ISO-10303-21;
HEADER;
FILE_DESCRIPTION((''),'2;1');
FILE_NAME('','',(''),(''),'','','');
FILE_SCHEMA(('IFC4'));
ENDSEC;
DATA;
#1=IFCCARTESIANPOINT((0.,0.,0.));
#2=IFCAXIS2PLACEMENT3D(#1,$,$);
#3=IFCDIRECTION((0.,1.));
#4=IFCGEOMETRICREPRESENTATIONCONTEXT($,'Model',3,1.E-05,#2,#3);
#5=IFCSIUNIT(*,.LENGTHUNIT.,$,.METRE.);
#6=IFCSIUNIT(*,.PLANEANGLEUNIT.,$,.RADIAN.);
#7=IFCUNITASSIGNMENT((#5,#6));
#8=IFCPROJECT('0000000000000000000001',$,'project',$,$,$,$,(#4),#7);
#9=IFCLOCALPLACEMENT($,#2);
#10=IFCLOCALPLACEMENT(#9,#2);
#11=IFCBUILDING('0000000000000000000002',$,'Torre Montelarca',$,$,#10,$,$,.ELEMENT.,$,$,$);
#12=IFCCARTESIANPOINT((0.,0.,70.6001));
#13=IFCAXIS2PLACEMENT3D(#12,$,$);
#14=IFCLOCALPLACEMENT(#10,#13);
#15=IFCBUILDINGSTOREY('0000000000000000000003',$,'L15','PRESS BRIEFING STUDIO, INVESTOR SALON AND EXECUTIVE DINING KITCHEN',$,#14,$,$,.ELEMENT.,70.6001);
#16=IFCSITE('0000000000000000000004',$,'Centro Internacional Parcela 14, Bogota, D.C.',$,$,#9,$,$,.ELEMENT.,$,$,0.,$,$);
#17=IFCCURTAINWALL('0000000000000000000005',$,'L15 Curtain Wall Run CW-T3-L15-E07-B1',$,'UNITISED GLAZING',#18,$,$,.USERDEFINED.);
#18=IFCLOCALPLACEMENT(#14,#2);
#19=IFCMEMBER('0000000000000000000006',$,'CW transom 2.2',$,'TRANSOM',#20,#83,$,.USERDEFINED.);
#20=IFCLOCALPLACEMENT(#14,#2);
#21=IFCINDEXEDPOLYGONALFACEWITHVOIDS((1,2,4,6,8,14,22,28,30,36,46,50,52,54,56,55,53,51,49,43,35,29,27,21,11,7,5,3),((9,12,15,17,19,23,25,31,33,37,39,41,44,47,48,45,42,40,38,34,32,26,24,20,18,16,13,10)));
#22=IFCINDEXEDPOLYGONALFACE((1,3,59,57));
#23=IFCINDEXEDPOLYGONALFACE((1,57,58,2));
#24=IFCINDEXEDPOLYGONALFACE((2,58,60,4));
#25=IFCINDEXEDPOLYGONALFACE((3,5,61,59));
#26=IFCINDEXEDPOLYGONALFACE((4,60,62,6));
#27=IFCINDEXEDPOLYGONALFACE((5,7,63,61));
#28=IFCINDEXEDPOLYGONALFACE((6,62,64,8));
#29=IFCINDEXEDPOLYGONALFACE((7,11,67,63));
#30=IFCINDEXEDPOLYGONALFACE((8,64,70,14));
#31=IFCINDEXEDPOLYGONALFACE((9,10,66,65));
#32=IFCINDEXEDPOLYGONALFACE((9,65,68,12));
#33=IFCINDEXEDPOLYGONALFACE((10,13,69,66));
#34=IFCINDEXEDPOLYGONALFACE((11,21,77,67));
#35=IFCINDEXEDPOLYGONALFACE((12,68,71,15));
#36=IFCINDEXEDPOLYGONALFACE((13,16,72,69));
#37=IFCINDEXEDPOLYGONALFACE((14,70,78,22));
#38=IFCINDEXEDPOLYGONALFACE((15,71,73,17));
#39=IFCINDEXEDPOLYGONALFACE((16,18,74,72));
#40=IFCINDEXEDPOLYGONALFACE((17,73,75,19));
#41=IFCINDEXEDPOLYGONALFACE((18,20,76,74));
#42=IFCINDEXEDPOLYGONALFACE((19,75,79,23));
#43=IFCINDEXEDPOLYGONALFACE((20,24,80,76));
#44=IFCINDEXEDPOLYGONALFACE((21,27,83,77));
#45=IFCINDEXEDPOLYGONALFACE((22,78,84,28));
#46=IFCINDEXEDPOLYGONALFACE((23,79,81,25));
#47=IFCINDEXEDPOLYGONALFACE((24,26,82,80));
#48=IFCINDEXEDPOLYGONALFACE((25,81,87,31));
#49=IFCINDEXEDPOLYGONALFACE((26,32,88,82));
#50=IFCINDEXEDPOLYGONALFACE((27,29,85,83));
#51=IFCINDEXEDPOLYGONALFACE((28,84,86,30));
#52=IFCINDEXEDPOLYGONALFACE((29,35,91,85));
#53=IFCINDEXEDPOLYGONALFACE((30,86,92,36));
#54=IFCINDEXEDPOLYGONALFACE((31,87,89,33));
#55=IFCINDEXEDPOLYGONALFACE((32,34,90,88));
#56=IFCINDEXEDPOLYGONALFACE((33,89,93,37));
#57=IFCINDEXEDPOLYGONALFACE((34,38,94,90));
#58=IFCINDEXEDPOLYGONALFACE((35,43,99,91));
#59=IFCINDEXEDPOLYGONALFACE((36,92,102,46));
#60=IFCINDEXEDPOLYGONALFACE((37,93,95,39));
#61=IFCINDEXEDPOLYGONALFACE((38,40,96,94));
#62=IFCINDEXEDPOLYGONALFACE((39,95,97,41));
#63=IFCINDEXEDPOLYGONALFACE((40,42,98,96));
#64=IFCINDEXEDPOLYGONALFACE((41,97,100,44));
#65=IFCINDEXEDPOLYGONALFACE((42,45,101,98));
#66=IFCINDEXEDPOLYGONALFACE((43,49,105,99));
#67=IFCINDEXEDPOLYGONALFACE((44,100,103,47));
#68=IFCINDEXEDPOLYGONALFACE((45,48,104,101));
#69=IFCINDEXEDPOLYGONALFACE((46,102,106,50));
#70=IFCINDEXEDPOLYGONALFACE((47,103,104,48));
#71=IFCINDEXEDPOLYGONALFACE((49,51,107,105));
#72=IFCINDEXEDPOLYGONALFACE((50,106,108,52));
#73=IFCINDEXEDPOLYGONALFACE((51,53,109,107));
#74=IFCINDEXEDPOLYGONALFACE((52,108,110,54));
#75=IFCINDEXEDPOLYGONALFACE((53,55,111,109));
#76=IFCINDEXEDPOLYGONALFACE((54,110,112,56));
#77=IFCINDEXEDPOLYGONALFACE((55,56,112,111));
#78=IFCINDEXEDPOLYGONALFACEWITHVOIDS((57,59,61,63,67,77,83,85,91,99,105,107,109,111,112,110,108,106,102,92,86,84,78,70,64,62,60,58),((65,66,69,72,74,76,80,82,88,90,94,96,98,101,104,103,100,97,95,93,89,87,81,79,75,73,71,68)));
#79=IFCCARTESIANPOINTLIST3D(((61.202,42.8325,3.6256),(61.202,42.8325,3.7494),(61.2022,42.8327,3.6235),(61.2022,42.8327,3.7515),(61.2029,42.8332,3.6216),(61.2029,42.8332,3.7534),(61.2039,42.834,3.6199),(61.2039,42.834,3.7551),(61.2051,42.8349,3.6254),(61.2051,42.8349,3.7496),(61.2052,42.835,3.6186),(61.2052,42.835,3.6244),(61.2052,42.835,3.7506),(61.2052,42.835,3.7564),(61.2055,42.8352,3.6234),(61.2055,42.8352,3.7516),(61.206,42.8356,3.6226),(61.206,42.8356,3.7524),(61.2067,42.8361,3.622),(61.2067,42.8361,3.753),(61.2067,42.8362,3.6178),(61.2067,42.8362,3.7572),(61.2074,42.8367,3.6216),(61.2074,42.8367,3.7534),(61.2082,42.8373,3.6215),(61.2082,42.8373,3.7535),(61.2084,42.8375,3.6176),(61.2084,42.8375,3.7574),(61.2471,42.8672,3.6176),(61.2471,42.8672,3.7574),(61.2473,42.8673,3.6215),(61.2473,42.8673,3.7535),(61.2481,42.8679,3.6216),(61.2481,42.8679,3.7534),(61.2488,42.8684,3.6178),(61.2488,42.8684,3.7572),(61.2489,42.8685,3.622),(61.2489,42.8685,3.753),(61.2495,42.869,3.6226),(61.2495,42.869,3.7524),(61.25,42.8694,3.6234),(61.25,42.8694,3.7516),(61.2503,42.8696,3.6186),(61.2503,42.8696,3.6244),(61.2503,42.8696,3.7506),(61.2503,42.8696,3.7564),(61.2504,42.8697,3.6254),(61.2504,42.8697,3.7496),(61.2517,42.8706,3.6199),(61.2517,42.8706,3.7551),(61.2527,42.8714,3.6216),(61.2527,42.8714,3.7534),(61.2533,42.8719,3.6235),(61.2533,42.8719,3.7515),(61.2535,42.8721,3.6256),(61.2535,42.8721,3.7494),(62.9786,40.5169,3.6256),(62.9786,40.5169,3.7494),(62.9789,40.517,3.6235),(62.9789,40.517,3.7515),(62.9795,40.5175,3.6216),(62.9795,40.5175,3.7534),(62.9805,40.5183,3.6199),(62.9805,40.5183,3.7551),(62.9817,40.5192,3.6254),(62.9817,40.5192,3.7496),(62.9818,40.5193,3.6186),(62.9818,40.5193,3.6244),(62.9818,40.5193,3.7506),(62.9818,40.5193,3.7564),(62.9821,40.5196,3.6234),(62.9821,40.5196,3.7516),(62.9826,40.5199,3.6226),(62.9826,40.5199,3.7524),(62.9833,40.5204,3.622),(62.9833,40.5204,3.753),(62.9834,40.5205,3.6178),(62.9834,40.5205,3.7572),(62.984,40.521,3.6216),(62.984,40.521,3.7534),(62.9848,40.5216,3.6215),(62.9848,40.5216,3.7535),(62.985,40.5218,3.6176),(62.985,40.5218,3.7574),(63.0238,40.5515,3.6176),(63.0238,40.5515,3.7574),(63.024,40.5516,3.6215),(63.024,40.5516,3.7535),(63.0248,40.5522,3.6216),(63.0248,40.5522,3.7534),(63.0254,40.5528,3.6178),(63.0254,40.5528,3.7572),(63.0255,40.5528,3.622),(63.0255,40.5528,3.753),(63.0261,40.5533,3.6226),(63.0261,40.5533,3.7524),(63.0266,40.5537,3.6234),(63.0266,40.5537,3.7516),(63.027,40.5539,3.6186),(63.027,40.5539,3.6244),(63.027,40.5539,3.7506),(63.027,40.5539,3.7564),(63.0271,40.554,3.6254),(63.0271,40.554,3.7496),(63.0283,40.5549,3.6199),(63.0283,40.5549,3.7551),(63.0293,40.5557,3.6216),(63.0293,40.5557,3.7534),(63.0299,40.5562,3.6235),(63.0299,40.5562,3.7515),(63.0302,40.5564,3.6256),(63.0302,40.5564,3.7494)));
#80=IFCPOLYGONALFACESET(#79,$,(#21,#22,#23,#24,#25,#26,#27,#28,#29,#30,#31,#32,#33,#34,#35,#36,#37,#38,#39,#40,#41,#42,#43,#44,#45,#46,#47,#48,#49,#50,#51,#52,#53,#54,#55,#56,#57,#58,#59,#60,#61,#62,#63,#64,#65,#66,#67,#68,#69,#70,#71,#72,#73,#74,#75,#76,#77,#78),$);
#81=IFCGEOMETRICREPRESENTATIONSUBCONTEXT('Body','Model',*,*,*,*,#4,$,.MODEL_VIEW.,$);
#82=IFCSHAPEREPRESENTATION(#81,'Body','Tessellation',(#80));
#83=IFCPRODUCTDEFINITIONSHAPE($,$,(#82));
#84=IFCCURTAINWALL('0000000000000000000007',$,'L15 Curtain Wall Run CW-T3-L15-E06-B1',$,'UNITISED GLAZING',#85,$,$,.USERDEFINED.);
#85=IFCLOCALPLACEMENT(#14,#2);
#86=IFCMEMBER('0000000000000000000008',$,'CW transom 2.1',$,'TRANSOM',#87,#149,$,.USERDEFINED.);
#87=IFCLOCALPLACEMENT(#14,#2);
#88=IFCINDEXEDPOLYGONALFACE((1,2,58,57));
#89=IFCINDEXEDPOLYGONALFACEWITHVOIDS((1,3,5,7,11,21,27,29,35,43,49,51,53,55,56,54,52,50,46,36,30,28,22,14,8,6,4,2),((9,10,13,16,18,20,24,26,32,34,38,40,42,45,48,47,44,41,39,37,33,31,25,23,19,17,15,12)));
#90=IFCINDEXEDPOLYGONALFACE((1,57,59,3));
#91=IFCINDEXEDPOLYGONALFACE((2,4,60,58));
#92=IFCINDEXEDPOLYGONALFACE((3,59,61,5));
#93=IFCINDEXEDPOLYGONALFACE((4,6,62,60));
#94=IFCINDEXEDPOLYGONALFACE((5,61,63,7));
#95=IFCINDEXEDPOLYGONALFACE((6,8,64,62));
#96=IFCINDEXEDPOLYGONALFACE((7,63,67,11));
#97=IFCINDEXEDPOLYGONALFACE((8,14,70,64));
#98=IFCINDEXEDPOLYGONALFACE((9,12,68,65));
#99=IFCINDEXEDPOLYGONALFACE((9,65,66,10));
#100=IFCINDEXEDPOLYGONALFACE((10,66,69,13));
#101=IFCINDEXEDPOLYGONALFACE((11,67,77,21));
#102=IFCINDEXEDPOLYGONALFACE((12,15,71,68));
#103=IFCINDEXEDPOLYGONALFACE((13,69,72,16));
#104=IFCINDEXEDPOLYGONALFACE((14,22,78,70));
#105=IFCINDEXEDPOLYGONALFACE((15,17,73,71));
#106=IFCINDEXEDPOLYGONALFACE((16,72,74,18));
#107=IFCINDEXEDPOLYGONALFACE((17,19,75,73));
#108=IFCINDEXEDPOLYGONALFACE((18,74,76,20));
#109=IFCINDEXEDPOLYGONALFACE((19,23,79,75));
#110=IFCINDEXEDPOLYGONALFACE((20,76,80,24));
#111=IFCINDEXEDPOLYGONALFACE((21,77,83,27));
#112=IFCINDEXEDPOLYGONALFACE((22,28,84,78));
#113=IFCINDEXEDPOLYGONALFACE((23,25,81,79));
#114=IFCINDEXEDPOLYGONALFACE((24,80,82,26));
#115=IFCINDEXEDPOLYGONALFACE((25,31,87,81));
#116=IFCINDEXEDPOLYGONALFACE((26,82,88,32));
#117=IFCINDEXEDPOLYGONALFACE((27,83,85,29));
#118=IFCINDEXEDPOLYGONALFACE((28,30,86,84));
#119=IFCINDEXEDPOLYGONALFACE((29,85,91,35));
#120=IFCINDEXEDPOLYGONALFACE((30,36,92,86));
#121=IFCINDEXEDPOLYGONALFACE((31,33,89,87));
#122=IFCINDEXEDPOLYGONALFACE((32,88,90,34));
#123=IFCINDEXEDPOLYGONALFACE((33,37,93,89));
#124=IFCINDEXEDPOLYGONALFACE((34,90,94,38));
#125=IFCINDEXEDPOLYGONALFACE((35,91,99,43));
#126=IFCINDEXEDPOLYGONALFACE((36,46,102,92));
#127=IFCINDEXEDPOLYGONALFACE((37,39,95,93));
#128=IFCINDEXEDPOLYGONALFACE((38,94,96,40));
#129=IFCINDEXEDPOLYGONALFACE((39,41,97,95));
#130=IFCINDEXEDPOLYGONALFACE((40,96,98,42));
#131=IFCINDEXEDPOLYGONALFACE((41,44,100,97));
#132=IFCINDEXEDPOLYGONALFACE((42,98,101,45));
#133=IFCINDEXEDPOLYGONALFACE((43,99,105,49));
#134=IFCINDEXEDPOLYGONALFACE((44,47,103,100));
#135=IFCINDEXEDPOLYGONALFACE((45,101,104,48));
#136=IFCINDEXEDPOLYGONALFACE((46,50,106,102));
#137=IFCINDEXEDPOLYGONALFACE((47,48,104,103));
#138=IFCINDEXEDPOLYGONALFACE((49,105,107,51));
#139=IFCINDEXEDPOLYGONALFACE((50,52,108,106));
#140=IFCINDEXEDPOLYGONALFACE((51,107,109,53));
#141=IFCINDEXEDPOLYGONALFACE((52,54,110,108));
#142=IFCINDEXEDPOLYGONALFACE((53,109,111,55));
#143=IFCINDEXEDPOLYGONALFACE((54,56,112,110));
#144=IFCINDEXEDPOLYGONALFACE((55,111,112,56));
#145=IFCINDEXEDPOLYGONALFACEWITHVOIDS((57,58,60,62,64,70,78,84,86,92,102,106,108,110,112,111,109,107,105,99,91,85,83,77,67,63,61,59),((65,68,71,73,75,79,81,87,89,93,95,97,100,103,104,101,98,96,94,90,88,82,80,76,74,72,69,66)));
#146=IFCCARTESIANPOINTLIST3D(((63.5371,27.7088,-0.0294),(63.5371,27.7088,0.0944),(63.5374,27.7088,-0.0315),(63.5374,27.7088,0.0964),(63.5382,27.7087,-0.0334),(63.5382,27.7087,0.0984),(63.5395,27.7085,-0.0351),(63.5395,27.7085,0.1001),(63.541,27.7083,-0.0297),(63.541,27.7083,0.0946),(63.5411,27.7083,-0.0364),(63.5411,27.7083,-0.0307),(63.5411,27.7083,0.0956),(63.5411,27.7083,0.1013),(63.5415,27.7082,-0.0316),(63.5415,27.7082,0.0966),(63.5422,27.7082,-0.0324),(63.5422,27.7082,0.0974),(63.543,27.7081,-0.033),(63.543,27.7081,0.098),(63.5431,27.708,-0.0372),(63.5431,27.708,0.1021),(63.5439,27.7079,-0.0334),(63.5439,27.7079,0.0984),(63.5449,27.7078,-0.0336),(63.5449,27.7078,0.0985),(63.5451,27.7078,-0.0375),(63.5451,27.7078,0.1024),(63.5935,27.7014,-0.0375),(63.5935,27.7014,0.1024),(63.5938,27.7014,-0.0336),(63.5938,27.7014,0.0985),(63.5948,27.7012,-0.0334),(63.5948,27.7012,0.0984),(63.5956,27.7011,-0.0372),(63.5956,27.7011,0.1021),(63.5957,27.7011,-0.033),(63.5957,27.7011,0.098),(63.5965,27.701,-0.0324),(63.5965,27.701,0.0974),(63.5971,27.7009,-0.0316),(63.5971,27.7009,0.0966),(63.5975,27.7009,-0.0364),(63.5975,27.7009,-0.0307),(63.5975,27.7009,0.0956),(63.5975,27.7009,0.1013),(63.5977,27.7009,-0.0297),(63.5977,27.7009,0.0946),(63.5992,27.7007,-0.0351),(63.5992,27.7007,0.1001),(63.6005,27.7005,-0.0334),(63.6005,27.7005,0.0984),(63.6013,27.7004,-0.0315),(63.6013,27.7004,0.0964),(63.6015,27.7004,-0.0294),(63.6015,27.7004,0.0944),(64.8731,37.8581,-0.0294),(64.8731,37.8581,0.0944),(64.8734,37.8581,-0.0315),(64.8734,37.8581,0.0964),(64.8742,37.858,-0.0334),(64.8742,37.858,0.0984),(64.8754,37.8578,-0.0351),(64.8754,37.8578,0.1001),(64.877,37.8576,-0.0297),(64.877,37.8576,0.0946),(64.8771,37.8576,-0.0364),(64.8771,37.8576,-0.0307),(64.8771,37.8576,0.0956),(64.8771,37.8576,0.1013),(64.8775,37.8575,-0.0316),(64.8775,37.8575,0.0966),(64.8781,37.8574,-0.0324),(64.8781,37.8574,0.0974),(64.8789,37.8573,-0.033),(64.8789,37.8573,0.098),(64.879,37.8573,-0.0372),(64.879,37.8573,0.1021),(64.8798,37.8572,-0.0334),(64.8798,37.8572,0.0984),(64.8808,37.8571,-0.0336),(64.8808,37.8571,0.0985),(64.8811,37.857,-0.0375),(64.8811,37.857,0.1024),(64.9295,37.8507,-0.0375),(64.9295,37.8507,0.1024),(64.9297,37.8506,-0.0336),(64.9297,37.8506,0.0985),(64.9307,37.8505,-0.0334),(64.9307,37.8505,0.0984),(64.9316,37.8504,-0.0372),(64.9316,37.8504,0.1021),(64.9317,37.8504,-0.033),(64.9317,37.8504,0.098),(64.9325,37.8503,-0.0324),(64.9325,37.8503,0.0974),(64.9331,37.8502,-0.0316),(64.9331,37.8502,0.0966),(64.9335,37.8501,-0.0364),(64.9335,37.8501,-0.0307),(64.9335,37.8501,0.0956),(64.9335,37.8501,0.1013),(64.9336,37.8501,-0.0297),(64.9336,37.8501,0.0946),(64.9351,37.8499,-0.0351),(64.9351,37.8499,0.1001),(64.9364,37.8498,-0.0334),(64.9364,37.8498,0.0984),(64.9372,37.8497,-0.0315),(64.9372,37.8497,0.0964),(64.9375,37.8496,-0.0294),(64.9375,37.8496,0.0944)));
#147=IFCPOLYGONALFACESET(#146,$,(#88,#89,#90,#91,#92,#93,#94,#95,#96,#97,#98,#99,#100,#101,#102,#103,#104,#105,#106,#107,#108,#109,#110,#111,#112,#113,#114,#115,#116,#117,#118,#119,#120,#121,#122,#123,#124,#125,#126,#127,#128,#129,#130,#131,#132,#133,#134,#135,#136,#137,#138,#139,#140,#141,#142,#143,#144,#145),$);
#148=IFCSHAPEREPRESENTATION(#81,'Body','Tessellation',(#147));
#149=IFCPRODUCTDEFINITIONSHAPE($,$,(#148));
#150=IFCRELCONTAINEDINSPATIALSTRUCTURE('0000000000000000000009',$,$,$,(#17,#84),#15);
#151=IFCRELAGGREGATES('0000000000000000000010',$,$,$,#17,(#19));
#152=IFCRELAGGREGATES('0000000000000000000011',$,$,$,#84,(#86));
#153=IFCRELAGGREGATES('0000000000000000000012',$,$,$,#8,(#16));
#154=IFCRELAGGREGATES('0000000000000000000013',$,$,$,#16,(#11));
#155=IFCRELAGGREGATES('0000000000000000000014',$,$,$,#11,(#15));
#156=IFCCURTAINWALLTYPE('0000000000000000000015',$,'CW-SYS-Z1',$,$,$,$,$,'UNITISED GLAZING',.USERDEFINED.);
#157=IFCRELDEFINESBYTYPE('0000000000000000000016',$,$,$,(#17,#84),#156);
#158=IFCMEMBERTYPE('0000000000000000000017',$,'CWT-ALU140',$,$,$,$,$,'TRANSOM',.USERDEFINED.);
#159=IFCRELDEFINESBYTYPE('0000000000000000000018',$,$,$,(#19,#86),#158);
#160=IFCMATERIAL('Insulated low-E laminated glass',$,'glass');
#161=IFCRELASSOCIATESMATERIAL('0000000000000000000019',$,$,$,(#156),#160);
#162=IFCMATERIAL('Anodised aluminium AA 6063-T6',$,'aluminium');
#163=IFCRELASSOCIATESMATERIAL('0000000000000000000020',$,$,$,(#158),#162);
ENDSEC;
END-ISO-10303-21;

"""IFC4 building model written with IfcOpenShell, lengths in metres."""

from ifc_helpers import new_model, si_unit, direction, frame, origin, origin_2d, place, context, subcontext, project, spatial, hollow_rectangle, extrude, source, transform, mapped, material, material_profile, profile_set, type_object, element, aggregate, save


model = new_model("IFC4")

# Units and contexts
model_context = context("Model", 3, precision=1e-05, world=origin(), true_north=direction((0.0, 1.0)))
body_context = subcontext(model_context, "Body", "Model", "MODEL_VIEW")
ifc_project = project(units=[si_unit("LENGTHUNIT", "METRE"), si_unit("PLANEANGLEUNIT", "RADIAN")], contexts=[model_context])

# Site, building, storey
site_placement = place(None, origin())
site = spatial("IfcSite", under=ifc_project, at=site_placement, Name="Centro Internacional Parcela 14, Bogota, D.C.", CompositionType="ELEMENT", RefElevation=0.0)
building_placement = place(site_placement, origin())
building = spatial("IfcBuilding", under=site, at=building_placement, Name="Torre Montelarca", CompositionType="ELEMENT")
storey_placement = place(building_placement, frame((0.0, 0.0, 70.6001)))
storey = spatial("IfcBuildingStorey", under=building, at=storey_placement, Name="L15", Description="PRESS BRIEFING STUDIO, INVESTOR SALON AND EXECUTIVE DINING KITCHEN", CompositionType="ELEMENT", Elevation=70.6001)

# Curtain walls, members
ifc_material_1 = material(Name="Insulated low-E laminated glass", Category="glass")
curtain_wall_type = type_object("IfcCurtainWallType", Name="CW-SYS-Z1", ElementType="UNITISED GLAZING", PredefinedType="USERDEFINED", material=ifc_material_1)
curtain_wall_1_placement = place(storey_placement, origin())
curtain_wall_1 = element("IfcCurtainWall", 1, at=curtain_wall_1_placement, inside=storey, type_object=curtain_wall_type, Name="L15 Curtain Wall Run CW-T3-L15-E07-B1", ObjectType="UNITISED GLAZING", PredefinedType="USERDEFINED")
ifc_material_2 = material(Name="Anodised aluminium AA 6063-T6", Category="aluminium")
ifc_material_profile_1 = material_profile(ifc_material_2, hollow_rectangle(XDim=0.0649, YDim=0.1399, WallThickness=0.0039, InnerFilletRadius=0.0039, OuterFilletRadius=0.0081, at=origin_2d()), Name="ALU65X140X4", Category="aluminium")
ifc_profile_set_1 = profile_set([ifc_material_profile_1], Name="Anodised aluminium AA 6063-T6")
member_type_1 = type_object("IfcMemberType", Name="CWT-ALU140", ElementType="TRANSOM", PredefinedType="USERDEFINED", material=ifc_profile_set_1)
shared_shape_1 = source(origin(), body_context, "Body", "SweptSolid", [
    extrude(hollow_rectangle(XDim=0.0649, YDim=0.1399, WallThickness=0.0039, InnerFilletRadius=0.0039, OuterFilletRadius=0.0081, at=origin_2d()), origin(), (0.0, 0.0, 1.0), 2.9187),
])
member_1_placement = place(storey_placement, frame((63.0044, 40.5366, 3.6875), z_axis=(-0.608704, 0.793398, 0.0), x_axis=(-0.793398, -0.608704, 0.0)))
member_1 = element("IfcMember", 2, at=member_1_placement, type_object=member_type_1, Name="CW transom 2.2", ObjectType="TRANSOM", PredefinedType="USERDEFINED", context=body_context, shape_type="MappedRepresentation", body=[
    mapped(shared_shape_1, transform((0.0, 0.0, 0.0), scale=1.0)),
])
curtain_wall_2_placement = place(storey_placement, origin())
curtain_wall_2 = element("IfcCurtainWall", 3, at=curtain_wall_2_placement, inside=storey, type_object=curtain_wall_type, Name="L15 Curtain Wall Run CW-T3-L15-E06-B1", ObjectType="UNITISED GLAZING", PredefinedType="USERDEFINED")
shared_shape_2 = source(origin(), body_context, "Body", "SweptSolid", [
    extrude(hollow_rectangle(XDim=0.0649, YDim=0.1399, WallThickness=0.0039, InnerFilletRadius=0.0039, OuterFilletRadius=0.0081, at=origin_2d()), origin(), (0.0, 0.0, 1.0), 10.2368),
])
member_2_placement = place(storey_placement, frame((63.5693, 27.7046, 0.0325), z_axis=(0.130504, 0.991448, 0.0), x_axis=(-0.991448, 0.130504, 0.0)))
member_2 = element("IfcMember", 4, at=member_2_placement, type_object=member_type_1, Name="CW transom 2.1", ObjectType="TRANSOM", PredefinedType="USERDEFINED", context=body_context, shape_type="MappedRepresentation", body=[
    mapped(shared_shape_2, transform((0.0, 0.0, 0.0), scale=1.0)),
])

aggregate(curtain_wall_1, [member_1])
aggregate(curtain_wall_2, [member_2])

save(model, "model.ifc")
